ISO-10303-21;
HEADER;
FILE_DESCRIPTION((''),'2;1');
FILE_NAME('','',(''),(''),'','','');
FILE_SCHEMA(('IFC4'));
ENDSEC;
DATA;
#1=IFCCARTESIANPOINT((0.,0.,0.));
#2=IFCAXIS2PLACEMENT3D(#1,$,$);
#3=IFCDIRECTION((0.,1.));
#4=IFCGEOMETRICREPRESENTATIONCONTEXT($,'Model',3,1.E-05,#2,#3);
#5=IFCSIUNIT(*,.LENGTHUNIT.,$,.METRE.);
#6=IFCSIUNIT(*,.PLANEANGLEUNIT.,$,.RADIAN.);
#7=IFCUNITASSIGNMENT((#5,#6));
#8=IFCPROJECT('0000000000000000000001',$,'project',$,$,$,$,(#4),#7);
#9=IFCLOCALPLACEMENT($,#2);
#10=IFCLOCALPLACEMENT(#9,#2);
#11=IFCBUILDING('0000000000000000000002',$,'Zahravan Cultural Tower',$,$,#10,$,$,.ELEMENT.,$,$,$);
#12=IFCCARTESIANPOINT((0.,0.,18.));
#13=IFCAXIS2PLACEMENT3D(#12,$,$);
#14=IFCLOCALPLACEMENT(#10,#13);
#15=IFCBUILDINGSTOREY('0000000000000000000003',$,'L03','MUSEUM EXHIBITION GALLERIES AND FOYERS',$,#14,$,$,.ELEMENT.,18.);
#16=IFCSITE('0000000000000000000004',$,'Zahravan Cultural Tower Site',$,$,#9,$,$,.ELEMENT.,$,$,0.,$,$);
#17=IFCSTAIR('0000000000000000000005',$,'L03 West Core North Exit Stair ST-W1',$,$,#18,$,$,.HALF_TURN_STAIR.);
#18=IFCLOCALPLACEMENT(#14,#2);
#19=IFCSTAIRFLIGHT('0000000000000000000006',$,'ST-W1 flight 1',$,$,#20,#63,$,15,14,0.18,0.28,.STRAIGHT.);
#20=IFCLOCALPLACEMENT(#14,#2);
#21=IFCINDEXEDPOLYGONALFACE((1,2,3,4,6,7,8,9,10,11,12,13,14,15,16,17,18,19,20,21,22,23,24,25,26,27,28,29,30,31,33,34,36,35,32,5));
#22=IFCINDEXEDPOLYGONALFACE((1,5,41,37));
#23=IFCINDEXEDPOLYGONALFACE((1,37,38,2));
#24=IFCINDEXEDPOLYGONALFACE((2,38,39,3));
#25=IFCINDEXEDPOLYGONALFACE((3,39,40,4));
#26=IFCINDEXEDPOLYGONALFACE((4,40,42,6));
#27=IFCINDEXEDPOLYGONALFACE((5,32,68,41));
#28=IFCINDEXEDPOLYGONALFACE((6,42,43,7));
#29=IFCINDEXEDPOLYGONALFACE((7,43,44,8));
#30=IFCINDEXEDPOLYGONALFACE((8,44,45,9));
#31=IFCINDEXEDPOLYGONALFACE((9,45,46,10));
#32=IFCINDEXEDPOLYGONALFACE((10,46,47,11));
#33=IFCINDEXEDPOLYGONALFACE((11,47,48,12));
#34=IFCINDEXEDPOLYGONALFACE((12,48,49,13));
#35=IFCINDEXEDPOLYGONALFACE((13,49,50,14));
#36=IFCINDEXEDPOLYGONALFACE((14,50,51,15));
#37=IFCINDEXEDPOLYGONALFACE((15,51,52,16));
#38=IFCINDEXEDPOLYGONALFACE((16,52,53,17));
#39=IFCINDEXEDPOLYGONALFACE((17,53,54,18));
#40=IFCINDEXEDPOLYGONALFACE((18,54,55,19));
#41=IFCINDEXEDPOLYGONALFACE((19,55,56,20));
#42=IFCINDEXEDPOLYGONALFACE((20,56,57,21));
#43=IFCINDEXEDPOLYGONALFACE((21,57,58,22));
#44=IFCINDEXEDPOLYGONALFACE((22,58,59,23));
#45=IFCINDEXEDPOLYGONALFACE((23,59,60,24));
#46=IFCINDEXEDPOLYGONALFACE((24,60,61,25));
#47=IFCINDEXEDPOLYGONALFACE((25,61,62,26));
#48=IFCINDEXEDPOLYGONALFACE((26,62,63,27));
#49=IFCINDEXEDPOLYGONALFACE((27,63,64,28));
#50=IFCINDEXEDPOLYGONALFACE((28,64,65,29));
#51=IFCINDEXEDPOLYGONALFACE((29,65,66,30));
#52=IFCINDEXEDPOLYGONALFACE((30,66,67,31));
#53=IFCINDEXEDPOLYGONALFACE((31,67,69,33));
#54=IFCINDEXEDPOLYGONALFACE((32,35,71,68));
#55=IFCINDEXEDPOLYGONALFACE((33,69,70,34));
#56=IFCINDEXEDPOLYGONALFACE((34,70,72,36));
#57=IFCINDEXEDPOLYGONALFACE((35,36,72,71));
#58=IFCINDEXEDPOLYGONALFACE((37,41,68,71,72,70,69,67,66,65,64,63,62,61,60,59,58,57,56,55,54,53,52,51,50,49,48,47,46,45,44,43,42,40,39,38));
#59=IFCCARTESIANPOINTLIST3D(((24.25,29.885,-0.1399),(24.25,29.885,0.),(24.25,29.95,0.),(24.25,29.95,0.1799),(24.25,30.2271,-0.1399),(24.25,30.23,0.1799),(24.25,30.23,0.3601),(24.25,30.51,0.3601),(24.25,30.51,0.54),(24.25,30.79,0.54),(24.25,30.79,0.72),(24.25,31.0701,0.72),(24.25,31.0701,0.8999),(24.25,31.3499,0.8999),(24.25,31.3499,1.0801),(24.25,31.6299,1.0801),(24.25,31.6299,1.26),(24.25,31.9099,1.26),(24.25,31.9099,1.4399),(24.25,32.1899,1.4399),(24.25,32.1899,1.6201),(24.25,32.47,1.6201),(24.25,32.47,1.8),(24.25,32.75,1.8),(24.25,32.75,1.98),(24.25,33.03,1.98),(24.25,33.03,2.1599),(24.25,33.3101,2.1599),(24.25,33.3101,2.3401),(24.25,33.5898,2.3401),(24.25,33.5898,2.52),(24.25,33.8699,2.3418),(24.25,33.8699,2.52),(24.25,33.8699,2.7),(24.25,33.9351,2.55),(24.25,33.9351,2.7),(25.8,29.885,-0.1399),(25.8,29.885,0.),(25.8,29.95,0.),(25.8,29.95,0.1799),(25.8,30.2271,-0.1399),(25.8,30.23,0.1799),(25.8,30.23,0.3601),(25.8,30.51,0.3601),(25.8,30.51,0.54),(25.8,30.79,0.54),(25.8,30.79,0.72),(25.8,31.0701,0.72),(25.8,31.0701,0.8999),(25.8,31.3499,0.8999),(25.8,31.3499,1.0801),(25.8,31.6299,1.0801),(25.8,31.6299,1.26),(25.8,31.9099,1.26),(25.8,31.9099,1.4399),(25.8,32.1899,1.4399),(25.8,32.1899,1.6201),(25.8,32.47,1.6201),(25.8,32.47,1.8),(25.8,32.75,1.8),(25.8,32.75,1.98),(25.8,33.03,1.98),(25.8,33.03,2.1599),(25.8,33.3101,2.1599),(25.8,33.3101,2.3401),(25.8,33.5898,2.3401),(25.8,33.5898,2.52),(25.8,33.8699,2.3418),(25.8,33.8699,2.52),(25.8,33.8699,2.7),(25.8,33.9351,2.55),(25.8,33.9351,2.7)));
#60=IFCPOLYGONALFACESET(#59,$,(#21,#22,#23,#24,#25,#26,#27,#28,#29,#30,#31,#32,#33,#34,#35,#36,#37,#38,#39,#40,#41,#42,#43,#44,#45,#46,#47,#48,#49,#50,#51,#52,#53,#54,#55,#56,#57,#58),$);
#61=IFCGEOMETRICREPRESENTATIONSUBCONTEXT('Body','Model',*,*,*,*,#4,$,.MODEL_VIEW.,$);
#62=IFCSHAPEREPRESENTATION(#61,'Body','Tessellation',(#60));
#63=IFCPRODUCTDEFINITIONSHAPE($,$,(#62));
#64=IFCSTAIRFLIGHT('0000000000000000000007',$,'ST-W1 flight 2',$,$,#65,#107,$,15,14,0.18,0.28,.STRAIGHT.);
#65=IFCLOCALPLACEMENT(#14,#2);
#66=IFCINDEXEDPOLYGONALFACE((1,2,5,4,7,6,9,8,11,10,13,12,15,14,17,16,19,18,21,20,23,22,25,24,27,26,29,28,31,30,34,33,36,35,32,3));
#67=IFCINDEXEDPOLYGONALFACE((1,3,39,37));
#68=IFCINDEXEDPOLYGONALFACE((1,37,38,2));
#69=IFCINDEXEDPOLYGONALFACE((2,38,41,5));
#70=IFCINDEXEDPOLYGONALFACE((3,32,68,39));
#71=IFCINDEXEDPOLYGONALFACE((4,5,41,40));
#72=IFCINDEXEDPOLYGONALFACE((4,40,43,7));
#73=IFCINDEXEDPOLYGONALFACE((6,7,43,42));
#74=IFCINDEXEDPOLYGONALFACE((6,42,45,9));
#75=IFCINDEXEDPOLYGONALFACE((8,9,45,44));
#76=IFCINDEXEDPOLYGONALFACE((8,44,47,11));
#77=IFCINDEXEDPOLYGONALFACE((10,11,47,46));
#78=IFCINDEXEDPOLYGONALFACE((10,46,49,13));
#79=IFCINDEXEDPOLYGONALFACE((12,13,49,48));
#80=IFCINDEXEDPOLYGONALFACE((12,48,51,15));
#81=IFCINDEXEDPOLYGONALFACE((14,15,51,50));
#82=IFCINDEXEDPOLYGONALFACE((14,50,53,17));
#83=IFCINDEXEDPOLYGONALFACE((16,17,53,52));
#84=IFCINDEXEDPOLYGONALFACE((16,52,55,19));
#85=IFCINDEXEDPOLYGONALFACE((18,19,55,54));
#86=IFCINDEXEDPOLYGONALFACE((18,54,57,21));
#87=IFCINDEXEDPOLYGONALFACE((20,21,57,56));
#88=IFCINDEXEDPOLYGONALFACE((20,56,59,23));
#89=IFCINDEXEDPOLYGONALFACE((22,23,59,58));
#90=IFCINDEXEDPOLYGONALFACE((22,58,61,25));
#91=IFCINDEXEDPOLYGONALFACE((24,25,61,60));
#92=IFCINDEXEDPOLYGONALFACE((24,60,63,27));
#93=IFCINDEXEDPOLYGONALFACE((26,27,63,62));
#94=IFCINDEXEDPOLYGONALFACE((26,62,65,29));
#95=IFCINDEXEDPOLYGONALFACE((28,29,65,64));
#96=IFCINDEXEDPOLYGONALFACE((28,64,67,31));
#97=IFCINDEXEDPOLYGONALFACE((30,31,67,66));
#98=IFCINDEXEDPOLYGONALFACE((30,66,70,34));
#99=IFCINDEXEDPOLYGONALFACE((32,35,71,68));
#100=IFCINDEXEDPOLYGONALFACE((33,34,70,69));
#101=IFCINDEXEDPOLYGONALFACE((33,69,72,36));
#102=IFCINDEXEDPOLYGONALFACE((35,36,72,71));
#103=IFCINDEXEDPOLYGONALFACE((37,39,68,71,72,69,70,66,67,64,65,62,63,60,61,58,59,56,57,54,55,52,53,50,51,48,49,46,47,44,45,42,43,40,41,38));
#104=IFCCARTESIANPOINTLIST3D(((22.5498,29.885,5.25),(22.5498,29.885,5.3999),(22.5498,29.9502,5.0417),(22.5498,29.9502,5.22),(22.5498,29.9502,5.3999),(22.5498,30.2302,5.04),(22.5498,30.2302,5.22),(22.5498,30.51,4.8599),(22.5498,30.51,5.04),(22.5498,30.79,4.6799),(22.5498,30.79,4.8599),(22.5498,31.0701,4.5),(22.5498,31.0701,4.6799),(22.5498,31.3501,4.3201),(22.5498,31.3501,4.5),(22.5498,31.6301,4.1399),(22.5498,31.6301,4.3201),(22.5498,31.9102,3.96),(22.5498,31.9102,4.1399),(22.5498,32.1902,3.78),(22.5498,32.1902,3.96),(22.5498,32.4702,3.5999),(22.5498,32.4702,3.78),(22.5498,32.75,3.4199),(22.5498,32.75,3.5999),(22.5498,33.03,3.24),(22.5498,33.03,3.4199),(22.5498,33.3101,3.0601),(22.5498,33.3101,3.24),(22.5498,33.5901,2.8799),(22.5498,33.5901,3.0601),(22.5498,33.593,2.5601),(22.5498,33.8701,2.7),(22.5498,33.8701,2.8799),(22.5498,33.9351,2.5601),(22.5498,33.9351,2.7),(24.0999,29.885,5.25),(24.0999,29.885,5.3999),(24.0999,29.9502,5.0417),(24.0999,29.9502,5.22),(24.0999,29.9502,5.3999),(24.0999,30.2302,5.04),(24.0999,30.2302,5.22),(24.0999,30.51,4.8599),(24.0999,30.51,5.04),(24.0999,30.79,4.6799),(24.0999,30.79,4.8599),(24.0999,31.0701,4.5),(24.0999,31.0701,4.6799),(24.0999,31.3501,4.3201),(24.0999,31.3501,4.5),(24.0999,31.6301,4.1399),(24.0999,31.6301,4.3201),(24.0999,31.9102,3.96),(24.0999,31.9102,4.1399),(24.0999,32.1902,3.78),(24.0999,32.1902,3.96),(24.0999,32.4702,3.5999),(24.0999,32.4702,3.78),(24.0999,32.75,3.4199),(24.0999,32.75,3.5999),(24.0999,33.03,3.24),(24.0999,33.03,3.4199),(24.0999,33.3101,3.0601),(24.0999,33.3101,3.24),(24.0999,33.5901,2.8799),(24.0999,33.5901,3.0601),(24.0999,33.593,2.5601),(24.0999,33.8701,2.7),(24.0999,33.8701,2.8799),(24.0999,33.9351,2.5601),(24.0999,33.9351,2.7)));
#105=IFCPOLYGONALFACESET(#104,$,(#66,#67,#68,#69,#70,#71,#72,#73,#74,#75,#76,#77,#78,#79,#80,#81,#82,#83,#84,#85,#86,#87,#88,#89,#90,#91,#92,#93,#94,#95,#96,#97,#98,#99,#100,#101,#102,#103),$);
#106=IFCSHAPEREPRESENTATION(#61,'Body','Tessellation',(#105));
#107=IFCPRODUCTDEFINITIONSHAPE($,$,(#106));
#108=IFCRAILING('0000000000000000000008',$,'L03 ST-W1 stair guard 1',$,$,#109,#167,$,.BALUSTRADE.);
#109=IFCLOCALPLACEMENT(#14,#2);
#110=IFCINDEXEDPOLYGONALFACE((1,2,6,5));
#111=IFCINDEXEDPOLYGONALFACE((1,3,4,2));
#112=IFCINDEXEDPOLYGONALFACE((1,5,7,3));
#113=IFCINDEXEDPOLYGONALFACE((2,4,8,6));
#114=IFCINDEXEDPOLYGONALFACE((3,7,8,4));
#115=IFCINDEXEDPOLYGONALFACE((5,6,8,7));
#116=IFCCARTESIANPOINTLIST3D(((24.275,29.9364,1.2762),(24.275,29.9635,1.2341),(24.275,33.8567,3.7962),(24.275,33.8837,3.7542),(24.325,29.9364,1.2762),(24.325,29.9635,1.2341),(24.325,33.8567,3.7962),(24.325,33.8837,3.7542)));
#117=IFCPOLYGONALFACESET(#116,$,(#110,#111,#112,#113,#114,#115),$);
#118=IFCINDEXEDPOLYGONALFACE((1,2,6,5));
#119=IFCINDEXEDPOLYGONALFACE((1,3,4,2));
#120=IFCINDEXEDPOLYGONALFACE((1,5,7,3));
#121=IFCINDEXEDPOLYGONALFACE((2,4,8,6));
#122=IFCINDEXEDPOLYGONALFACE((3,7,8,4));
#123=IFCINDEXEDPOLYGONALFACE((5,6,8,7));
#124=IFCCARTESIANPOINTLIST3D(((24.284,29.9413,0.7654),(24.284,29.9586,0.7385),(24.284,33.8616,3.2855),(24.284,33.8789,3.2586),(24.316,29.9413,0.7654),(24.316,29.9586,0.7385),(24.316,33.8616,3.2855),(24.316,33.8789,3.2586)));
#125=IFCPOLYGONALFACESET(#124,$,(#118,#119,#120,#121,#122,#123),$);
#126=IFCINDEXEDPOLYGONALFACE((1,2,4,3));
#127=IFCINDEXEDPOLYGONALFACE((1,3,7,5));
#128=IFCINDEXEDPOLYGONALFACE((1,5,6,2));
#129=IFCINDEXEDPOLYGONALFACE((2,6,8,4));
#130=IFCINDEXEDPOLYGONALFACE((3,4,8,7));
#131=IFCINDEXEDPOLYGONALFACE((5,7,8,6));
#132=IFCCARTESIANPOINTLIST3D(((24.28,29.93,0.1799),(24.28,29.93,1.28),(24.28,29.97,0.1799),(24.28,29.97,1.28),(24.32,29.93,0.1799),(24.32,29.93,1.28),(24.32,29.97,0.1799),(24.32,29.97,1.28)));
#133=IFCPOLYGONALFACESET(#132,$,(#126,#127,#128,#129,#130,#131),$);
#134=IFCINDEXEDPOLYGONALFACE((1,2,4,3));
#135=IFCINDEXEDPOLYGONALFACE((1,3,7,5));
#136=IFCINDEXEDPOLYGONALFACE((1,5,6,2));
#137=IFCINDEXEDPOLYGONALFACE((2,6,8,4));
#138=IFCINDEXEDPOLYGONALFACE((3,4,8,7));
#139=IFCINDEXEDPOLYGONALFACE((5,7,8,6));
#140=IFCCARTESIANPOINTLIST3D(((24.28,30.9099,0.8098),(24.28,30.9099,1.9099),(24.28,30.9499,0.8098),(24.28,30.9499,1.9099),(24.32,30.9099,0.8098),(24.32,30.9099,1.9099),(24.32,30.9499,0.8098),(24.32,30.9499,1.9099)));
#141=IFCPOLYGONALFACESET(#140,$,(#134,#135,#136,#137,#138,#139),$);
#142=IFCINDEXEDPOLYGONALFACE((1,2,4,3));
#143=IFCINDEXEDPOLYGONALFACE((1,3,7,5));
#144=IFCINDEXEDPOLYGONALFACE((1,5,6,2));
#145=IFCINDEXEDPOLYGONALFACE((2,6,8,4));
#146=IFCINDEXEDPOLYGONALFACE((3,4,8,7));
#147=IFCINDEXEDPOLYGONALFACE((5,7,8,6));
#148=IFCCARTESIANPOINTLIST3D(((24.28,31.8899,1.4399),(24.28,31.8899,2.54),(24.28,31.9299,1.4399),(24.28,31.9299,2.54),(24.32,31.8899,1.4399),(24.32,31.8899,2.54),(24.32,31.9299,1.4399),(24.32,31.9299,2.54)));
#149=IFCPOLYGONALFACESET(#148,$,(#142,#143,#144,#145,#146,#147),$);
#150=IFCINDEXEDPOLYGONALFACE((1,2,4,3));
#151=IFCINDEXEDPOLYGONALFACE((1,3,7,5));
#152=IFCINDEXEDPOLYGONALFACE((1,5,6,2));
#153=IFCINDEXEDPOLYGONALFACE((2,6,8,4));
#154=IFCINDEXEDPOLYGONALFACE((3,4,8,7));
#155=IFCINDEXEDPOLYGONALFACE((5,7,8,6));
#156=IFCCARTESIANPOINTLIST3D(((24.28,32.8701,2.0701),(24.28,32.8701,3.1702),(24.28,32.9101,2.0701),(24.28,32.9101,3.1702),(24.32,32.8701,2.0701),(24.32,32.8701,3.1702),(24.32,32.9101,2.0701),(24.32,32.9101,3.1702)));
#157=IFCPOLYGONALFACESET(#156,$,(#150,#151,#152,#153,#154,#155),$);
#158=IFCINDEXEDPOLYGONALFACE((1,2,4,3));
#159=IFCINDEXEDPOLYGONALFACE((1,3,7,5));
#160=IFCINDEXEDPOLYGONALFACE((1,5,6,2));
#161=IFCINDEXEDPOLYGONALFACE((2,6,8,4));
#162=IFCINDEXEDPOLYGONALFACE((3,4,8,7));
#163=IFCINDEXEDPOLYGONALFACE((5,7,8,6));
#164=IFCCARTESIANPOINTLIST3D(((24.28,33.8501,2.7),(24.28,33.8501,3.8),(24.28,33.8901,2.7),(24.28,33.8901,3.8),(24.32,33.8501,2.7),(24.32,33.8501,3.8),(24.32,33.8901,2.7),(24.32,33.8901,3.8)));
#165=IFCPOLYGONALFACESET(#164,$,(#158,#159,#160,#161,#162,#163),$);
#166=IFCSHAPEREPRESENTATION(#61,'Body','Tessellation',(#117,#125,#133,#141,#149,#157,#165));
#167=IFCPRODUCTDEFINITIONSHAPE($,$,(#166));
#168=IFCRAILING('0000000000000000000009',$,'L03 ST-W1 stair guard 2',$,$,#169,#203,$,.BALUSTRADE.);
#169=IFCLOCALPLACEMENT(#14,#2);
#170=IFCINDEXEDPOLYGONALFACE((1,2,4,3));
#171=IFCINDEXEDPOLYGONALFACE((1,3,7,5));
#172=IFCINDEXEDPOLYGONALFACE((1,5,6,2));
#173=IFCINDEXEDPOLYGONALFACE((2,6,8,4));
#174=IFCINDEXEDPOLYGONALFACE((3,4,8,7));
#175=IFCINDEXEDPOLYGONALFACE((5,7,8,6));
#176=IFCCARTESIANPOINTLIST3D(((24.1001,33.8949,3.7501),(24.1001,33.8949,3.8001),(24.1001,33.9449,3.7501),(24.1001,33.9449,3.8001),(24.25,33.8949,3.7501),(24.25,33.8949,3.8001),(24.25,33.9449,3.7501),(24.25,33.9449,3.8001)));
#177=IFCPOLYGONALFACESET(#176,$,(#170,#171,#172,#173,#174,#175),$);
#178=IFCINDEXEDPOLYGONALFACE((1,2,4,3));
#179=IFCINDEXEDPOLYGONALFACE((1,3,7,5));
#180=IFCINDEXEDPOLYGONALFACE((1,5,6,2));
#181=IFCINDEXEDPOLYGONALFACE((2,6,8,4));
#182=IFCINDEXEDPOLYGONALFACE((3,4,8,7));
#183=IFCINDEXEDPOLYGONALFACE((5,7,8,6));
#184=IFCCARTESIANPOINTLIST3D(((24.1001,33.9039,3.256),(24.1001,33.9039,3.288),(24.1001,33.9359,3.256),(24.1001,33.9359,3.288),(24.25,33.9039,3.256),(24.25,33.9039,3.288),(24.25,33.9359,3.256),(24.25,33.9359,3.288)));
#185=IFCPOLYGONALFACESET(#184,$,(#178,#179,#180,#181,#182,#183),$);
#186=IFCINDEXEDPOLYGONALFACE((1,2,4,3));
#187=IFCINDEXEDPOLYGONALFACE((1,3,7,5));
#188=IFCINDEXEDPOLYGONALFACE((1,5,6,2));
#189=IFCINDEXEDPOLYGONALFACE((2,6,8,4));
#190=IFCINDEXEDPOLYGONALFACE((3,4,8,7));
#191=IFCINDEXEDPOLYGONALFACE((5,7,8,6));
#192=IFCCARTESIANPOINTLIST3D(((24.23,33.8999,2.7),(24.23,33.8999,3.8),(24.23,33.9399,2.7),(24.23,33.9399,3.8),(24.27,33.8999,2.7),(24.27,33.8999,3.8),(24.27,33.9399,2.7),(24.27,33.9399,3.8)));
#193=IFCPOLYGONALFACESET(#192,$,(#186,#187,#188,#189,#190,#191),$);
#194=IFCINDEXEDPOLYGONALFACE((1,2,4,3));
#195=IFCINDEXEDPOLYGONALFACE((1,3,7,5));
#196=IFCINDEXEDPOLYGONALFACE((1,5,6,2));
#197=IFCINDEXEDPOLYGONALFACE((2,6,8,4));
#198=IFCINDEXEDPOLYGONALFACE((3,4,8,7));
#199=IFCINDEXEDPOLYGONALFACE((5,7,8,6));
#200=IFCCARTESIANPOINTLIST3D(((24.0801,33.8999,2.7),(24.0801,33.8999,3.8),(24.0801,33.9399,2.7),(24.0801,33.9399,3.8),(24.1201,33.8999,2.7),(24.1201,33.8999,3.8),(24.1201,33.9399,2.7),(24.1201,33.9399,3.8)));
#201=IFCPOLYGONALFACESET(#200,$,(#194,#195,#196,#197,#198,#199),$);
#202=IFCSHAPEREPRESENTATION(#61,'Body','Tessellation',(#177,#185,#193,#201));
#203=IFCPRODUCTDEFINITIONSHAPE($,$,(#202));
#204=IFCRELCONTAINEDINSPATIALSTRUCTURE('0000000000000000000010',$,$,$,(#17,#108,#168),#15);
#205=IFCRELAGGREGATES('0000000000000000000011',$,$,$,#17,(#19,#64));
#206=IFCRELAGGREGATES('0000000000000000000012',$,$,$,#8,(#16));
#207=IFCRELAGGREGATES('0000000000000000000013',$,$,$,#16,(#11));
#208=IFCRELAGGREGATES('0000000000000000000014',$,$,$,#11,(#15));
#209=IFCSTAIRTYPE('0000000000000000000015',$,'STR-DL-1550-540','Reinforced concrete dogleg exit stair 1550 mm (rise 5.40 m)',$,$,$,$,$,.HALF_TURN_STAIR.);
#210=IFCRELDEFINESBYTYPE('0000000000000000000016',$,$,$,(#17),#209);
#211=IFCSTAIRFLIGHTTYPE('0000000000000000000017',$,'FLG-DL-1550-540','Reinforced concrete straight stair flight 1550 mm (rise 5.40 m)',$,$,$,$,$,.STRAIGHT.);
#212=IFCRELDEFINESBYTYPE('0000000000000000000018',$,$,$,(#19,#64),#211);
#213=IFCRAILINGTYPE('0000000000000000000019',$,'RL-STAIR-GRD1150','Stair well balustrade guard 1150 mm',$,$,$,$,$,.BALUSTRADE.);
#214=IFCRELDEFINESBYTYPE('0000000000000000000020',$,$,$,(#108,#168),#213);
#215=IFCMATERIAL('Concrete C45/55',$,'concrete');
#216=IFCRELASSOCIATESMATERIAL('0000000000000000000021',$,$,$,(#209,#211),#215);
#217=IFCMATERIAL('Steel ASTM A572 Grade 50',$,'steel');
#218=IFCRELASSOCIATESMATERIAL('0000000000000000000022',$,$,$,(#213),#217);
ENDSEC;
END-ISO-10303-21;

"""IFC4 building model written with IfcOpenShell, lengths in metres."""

from ifc_helpers import new_model, si_unit, direction, frame, origin, origin_2d, place, context, subcontext, project, spatial, polyline, rectangle, outline, extrude, material, type_object, element, aggregate, save


model = new_model("IFC4")

# Units and contexts
model_context = context("Model", 3, precision=1e-05, world=origin(), true_north=direction((0.0, 1.0)))
body_context = subcontext(model_context, "Body", "Model", "MODEL_VIEW")
ifc_project = project(units=[si_unit("LENGTHUNIT", "METRE"), si_unit("PLANEANGLEUNIT", "RADIAN")], contexts=[model_context])

# Site, building, storey
site_placement = place(None, origin())
site = spatial("IfcSite", under=ifc_project, at=site_placement, Name="Zahravan Cultural Tower Site", CompositionType="ELEMENT", RefElevation=0.0)
building_placement = place(site_placement, origin())
building = spatial("IfcBuilding", under=site, at=building_placement, Name="Zahravan Cultural Tower", CompositionType="ELEMENT")
storey_placement = place(building_placement, frame((0.0, 0.0, 18.0)))
storey = spatial("IfcBuildingStorey", under=building, at=storey_placement, Name="L03", Description="MUSEUM EXHIBITION GALLERIES AND FOYERS", CompositionType="ELEMENT", Elevation=18.0)

# Shared definitions
ifc_material_1 = material(Name="Concrete C45/55", Category="concrete")
ifc_material_2 = material(Name="Steel ASTM A572 Grade 50", Category="steel")

# Stair, stair flights
stair_type = type_object("IfcStairType", Name="STR-DL-1550-540", Description="Reinforced concrete dogleg exit stair 1550 mm (rise 5.40 m)", PredefinedType="HALF_TURN_STAIR", material=ifc_material_1)
stair_placement = place(storey_placement, origin())
stair = element("IfcStair", 1, at=stair_placement, inside=storey, type_object=stair_type, Name="L03 West Core North Exit Stair ST-W1", PredefinedType="HALF_TURN_STAIR")
stair_flight_type = type_object("IfcStairFlightType", Name="FLG-DL-1550-540", Description="Reinforced concrete straight stair flight 1550 mm (rise 5.40 m)", PredefinedType="STRAIGHT", material=ifc_material_1)
stair_flight_1_placement = place(storey_placement, frame((25.0249, 29.95, 0.0), z_axis=(0.0, 0.0, 1.0), x_axis=(0.0, 1.0, 0.0)))
stair_flight_1 = element("IfcStairFlight", 2, at=stair_flight_1_placement, type_object=stair_flight_type, Name="ST-W1 flight 1", NumberOfRisers=15, NumberOfTreads=14, PredefinedType="STRAIGHT", RiserHeight=0.18, TreadLength=0.28, context=body_context, shape_type="SweptSolid", body=[
    extrude(outline(polyline([(-0.0649, -0.1399), (-0.0649, 0.0), (0.0, 0.0), (0.0, 0.1799), (0.28, 0.1799), (0.28, 0.3601), (0.5601, 0.3601), (0.5601, 0.54), (0.8401, 0.54), (0.8401, 0.72), (1.1201, 0.72), (1.1201, 0.8999), (1.3999, 0.8999), (1.3999, 1.0801), (1.6799, 1.0801), (1.6799, 1.26), (1.96, 1.26), (1.96, 1.4399), (2.24, 1.4399), (2.24, 1.6201), (2.52, 1.6201), (2.52, 1.8), (2.8, 1.8), (2.8, 1.98), (3.0801, 1.98), (3.0801, 2.1599), (3.3601, 2.1599), (3.3601, 2.3401), (3.6399, 2.3401), (3.6399, 2.52), (3.9199, 2.52), (3.9199, 2.7), (3.9851, 2.7), (3.9851, 2.55), (3.9199, 2.3418), (0.2771, -0.1399), (-0.0649, -0.1399)])), frame((0.0, 0.7749, 0.0), z_axis=(0.0, -1.0, 0.0), x_axis=(1.0, 0.0, 0.0)), (0.0, 0.0, 1.0), 1.55),
])
stair_flight_2_placement = place(storey_placement, frame((23.325, 33.8701, 2.7), z_axis=(0.0, 0.0, 1.0), x_axis=(0.0, -1.0, 0.0)))
stair_flight_2 = element("IfcStairFlight", 3, at=stair_flight_2_placement, type_object=stair_flight_type, Name="ST-W1 flight 2", NumberOfRisers=15, NumberOfTreads=14, PredefinedType="STRAIGHT", RiserHeight=0.18, TreadLength=0.28, context=body_context, shape_type="SweptSolid", body=[
    extrude(outline(polyline([(-0.0649, -0.1399), (-0.0649, 0.0), (0.0, 0.0), (0.0, 0.1799), (0.28, 0.1799), (0.28, 0.3601), (0.5601, 0.3601), (0.5601, 0.54), (0.8401, 0.54), (0.8401, 0.72), (1.1201, 0.72), (1.1201, 0.8999), (1.3999, 0.8999), (1.3999, 1.0801), (1.6799, 1.0801), (1.6799, 1.26), (1.96, 1.26), (1.96, 1.4399), (2.24, 1.4399), (2.24, 1.6201), (2.52, 1.6201), (2.52, 1.8), (2.8, 1.8), (2.8, 1.98), (3.0801, 1.98), (3.0801, 2.1599), (3.3601, 2.1599), (3.3601, 2.3401), (3.6399, 2.3401), (3.6399, 2.52), (3.9199, 2.52), (3.9199, 2.7), (3.9851, 2.7), (3.9851, 2.55), (3.9199, 2.3418), (0.2771, -0.1399), (-0.0649, -0.1399)])), frame((0.0, 0.7749, 0.0), z_axis=(0.0, -1.0, 0.0), x_axis=(1.0, 0.0, 0.0)), (0.0, 0.0, 1.0), 1.55),
])
aggregate(stair, [stair_flight_1, stair_flight_2])

# Railings
railing_type_1 = type_object("IfcRailingType", Name="RL-STAIR-GRD1150", Description="Stair well balustrade guard 1150 mm", PredefinedType="BALUSTRADE", material=ifc_material_2)
railing_1_placement = place(storey_placement, frame((24.3, 29.95, 0.1799)))
element("IfcRailing", 4, at=railing_1_placement, inside=storey, type_object=railing_type_1, Name="L03 ST-W1 stair guard 1", PredefinedType="BALUSTRADE", context=body_context, shape_type="SweptSolid", body=[
    extrude(rectangle(XDim=0.05, YDim=0.05, at=origin_2d()), frame((0.0, 0.0, 1.0752), z_axis=(0.0, 0.841187, 0.540744), x_axis=(-1.0, 0.0, 0.0)), (0.0, 0.0, 1.0), 4.6604),
    extrude(rectangle(XDim=0.032, YDim=0.032, at=origin_2d()), frame((0.0, 0.0, 0.572), z_axis=(0.0, 0.841187, 0.540744), x_axis=(-1.0, 0.0, 0.0)), (0.0, 0.0, 1.0), 4.6604),
    extrude(rectangle(XDim=0.04, YDim=0.04, at=origin_2d()), origin(), (0.0, 0.0, 1.0), 1.1001),
    extrude(rectangle(XDim=0.04, YDim=0.04, at=origin_2d()), frame((0.0, 0.98, 0.6299)), (0.0, 0.0, 1.0), 1.1001),
    extrude(rectangle(XDim=0.04, YDim=0.04, at=origin_2d()), frame((0.0, 1.96, 1.26)), (0.0, 0.0, 1.0), 1.1001),
    extrude(rectangle(XDim=0.04, YDim=0.04, at=origin_2d()), frame((0.0, 2.9402, 1.8901)), (0.0, 0.0, 1.0), 1.1001),
    extrude(rectangle(XDim=0.04, YDim=0.04, at=origin_2d()), frame((0.0, 3.9202, 2.52)), (0.0, 0.0, 1.0), 1.1001),
])
railing_2_placement = place(storey_placement, frame((24.25, 33.9199, 2.7)))
element("IfcRailing", 5, at=railing_2_placement, inside=storey, type_object=railing_type_1, Name="L03 ST-W1 stair guard 2", PredefinedType="BALUSTRADE", context=body_context, shape_type="SweptSolid", body=[
    extrude(rectangle(XDim=0.05, YDim=0.05, at=origin_2d()), frame((0.0, 0.0, 1.0752), z_axis=(-1.0, 0.0, 0.0), x_axis=(0.0, -1.0, 0.0)), (0.0, 0.0, 1.0), 0.1499),
    extrude(rectangle(XDim=0.032, YDim=0.032, at=origin_2d()), frame((0.0, 0.0, 0.572), z_axis=(-1.0, 0.0, 0.0), x_axis=(0.0, -1.0, 0.0)), (0.0, 0.0, 1.0), 0.1499),
    extrude(rectangle(XDim=0.04, YDim=0.04, at=origin_2d()), origin(), (0.0, 0.0, 1.0), 1.1001),
    extrude(rectangle(XDim=0.04, YDim=0.04, at=origin_2d()), frame((-0.1499, 0.0, 0.0)), (0.0, 0.0, 1.0), 1.1001),
])

save(model, "model.ifc")
